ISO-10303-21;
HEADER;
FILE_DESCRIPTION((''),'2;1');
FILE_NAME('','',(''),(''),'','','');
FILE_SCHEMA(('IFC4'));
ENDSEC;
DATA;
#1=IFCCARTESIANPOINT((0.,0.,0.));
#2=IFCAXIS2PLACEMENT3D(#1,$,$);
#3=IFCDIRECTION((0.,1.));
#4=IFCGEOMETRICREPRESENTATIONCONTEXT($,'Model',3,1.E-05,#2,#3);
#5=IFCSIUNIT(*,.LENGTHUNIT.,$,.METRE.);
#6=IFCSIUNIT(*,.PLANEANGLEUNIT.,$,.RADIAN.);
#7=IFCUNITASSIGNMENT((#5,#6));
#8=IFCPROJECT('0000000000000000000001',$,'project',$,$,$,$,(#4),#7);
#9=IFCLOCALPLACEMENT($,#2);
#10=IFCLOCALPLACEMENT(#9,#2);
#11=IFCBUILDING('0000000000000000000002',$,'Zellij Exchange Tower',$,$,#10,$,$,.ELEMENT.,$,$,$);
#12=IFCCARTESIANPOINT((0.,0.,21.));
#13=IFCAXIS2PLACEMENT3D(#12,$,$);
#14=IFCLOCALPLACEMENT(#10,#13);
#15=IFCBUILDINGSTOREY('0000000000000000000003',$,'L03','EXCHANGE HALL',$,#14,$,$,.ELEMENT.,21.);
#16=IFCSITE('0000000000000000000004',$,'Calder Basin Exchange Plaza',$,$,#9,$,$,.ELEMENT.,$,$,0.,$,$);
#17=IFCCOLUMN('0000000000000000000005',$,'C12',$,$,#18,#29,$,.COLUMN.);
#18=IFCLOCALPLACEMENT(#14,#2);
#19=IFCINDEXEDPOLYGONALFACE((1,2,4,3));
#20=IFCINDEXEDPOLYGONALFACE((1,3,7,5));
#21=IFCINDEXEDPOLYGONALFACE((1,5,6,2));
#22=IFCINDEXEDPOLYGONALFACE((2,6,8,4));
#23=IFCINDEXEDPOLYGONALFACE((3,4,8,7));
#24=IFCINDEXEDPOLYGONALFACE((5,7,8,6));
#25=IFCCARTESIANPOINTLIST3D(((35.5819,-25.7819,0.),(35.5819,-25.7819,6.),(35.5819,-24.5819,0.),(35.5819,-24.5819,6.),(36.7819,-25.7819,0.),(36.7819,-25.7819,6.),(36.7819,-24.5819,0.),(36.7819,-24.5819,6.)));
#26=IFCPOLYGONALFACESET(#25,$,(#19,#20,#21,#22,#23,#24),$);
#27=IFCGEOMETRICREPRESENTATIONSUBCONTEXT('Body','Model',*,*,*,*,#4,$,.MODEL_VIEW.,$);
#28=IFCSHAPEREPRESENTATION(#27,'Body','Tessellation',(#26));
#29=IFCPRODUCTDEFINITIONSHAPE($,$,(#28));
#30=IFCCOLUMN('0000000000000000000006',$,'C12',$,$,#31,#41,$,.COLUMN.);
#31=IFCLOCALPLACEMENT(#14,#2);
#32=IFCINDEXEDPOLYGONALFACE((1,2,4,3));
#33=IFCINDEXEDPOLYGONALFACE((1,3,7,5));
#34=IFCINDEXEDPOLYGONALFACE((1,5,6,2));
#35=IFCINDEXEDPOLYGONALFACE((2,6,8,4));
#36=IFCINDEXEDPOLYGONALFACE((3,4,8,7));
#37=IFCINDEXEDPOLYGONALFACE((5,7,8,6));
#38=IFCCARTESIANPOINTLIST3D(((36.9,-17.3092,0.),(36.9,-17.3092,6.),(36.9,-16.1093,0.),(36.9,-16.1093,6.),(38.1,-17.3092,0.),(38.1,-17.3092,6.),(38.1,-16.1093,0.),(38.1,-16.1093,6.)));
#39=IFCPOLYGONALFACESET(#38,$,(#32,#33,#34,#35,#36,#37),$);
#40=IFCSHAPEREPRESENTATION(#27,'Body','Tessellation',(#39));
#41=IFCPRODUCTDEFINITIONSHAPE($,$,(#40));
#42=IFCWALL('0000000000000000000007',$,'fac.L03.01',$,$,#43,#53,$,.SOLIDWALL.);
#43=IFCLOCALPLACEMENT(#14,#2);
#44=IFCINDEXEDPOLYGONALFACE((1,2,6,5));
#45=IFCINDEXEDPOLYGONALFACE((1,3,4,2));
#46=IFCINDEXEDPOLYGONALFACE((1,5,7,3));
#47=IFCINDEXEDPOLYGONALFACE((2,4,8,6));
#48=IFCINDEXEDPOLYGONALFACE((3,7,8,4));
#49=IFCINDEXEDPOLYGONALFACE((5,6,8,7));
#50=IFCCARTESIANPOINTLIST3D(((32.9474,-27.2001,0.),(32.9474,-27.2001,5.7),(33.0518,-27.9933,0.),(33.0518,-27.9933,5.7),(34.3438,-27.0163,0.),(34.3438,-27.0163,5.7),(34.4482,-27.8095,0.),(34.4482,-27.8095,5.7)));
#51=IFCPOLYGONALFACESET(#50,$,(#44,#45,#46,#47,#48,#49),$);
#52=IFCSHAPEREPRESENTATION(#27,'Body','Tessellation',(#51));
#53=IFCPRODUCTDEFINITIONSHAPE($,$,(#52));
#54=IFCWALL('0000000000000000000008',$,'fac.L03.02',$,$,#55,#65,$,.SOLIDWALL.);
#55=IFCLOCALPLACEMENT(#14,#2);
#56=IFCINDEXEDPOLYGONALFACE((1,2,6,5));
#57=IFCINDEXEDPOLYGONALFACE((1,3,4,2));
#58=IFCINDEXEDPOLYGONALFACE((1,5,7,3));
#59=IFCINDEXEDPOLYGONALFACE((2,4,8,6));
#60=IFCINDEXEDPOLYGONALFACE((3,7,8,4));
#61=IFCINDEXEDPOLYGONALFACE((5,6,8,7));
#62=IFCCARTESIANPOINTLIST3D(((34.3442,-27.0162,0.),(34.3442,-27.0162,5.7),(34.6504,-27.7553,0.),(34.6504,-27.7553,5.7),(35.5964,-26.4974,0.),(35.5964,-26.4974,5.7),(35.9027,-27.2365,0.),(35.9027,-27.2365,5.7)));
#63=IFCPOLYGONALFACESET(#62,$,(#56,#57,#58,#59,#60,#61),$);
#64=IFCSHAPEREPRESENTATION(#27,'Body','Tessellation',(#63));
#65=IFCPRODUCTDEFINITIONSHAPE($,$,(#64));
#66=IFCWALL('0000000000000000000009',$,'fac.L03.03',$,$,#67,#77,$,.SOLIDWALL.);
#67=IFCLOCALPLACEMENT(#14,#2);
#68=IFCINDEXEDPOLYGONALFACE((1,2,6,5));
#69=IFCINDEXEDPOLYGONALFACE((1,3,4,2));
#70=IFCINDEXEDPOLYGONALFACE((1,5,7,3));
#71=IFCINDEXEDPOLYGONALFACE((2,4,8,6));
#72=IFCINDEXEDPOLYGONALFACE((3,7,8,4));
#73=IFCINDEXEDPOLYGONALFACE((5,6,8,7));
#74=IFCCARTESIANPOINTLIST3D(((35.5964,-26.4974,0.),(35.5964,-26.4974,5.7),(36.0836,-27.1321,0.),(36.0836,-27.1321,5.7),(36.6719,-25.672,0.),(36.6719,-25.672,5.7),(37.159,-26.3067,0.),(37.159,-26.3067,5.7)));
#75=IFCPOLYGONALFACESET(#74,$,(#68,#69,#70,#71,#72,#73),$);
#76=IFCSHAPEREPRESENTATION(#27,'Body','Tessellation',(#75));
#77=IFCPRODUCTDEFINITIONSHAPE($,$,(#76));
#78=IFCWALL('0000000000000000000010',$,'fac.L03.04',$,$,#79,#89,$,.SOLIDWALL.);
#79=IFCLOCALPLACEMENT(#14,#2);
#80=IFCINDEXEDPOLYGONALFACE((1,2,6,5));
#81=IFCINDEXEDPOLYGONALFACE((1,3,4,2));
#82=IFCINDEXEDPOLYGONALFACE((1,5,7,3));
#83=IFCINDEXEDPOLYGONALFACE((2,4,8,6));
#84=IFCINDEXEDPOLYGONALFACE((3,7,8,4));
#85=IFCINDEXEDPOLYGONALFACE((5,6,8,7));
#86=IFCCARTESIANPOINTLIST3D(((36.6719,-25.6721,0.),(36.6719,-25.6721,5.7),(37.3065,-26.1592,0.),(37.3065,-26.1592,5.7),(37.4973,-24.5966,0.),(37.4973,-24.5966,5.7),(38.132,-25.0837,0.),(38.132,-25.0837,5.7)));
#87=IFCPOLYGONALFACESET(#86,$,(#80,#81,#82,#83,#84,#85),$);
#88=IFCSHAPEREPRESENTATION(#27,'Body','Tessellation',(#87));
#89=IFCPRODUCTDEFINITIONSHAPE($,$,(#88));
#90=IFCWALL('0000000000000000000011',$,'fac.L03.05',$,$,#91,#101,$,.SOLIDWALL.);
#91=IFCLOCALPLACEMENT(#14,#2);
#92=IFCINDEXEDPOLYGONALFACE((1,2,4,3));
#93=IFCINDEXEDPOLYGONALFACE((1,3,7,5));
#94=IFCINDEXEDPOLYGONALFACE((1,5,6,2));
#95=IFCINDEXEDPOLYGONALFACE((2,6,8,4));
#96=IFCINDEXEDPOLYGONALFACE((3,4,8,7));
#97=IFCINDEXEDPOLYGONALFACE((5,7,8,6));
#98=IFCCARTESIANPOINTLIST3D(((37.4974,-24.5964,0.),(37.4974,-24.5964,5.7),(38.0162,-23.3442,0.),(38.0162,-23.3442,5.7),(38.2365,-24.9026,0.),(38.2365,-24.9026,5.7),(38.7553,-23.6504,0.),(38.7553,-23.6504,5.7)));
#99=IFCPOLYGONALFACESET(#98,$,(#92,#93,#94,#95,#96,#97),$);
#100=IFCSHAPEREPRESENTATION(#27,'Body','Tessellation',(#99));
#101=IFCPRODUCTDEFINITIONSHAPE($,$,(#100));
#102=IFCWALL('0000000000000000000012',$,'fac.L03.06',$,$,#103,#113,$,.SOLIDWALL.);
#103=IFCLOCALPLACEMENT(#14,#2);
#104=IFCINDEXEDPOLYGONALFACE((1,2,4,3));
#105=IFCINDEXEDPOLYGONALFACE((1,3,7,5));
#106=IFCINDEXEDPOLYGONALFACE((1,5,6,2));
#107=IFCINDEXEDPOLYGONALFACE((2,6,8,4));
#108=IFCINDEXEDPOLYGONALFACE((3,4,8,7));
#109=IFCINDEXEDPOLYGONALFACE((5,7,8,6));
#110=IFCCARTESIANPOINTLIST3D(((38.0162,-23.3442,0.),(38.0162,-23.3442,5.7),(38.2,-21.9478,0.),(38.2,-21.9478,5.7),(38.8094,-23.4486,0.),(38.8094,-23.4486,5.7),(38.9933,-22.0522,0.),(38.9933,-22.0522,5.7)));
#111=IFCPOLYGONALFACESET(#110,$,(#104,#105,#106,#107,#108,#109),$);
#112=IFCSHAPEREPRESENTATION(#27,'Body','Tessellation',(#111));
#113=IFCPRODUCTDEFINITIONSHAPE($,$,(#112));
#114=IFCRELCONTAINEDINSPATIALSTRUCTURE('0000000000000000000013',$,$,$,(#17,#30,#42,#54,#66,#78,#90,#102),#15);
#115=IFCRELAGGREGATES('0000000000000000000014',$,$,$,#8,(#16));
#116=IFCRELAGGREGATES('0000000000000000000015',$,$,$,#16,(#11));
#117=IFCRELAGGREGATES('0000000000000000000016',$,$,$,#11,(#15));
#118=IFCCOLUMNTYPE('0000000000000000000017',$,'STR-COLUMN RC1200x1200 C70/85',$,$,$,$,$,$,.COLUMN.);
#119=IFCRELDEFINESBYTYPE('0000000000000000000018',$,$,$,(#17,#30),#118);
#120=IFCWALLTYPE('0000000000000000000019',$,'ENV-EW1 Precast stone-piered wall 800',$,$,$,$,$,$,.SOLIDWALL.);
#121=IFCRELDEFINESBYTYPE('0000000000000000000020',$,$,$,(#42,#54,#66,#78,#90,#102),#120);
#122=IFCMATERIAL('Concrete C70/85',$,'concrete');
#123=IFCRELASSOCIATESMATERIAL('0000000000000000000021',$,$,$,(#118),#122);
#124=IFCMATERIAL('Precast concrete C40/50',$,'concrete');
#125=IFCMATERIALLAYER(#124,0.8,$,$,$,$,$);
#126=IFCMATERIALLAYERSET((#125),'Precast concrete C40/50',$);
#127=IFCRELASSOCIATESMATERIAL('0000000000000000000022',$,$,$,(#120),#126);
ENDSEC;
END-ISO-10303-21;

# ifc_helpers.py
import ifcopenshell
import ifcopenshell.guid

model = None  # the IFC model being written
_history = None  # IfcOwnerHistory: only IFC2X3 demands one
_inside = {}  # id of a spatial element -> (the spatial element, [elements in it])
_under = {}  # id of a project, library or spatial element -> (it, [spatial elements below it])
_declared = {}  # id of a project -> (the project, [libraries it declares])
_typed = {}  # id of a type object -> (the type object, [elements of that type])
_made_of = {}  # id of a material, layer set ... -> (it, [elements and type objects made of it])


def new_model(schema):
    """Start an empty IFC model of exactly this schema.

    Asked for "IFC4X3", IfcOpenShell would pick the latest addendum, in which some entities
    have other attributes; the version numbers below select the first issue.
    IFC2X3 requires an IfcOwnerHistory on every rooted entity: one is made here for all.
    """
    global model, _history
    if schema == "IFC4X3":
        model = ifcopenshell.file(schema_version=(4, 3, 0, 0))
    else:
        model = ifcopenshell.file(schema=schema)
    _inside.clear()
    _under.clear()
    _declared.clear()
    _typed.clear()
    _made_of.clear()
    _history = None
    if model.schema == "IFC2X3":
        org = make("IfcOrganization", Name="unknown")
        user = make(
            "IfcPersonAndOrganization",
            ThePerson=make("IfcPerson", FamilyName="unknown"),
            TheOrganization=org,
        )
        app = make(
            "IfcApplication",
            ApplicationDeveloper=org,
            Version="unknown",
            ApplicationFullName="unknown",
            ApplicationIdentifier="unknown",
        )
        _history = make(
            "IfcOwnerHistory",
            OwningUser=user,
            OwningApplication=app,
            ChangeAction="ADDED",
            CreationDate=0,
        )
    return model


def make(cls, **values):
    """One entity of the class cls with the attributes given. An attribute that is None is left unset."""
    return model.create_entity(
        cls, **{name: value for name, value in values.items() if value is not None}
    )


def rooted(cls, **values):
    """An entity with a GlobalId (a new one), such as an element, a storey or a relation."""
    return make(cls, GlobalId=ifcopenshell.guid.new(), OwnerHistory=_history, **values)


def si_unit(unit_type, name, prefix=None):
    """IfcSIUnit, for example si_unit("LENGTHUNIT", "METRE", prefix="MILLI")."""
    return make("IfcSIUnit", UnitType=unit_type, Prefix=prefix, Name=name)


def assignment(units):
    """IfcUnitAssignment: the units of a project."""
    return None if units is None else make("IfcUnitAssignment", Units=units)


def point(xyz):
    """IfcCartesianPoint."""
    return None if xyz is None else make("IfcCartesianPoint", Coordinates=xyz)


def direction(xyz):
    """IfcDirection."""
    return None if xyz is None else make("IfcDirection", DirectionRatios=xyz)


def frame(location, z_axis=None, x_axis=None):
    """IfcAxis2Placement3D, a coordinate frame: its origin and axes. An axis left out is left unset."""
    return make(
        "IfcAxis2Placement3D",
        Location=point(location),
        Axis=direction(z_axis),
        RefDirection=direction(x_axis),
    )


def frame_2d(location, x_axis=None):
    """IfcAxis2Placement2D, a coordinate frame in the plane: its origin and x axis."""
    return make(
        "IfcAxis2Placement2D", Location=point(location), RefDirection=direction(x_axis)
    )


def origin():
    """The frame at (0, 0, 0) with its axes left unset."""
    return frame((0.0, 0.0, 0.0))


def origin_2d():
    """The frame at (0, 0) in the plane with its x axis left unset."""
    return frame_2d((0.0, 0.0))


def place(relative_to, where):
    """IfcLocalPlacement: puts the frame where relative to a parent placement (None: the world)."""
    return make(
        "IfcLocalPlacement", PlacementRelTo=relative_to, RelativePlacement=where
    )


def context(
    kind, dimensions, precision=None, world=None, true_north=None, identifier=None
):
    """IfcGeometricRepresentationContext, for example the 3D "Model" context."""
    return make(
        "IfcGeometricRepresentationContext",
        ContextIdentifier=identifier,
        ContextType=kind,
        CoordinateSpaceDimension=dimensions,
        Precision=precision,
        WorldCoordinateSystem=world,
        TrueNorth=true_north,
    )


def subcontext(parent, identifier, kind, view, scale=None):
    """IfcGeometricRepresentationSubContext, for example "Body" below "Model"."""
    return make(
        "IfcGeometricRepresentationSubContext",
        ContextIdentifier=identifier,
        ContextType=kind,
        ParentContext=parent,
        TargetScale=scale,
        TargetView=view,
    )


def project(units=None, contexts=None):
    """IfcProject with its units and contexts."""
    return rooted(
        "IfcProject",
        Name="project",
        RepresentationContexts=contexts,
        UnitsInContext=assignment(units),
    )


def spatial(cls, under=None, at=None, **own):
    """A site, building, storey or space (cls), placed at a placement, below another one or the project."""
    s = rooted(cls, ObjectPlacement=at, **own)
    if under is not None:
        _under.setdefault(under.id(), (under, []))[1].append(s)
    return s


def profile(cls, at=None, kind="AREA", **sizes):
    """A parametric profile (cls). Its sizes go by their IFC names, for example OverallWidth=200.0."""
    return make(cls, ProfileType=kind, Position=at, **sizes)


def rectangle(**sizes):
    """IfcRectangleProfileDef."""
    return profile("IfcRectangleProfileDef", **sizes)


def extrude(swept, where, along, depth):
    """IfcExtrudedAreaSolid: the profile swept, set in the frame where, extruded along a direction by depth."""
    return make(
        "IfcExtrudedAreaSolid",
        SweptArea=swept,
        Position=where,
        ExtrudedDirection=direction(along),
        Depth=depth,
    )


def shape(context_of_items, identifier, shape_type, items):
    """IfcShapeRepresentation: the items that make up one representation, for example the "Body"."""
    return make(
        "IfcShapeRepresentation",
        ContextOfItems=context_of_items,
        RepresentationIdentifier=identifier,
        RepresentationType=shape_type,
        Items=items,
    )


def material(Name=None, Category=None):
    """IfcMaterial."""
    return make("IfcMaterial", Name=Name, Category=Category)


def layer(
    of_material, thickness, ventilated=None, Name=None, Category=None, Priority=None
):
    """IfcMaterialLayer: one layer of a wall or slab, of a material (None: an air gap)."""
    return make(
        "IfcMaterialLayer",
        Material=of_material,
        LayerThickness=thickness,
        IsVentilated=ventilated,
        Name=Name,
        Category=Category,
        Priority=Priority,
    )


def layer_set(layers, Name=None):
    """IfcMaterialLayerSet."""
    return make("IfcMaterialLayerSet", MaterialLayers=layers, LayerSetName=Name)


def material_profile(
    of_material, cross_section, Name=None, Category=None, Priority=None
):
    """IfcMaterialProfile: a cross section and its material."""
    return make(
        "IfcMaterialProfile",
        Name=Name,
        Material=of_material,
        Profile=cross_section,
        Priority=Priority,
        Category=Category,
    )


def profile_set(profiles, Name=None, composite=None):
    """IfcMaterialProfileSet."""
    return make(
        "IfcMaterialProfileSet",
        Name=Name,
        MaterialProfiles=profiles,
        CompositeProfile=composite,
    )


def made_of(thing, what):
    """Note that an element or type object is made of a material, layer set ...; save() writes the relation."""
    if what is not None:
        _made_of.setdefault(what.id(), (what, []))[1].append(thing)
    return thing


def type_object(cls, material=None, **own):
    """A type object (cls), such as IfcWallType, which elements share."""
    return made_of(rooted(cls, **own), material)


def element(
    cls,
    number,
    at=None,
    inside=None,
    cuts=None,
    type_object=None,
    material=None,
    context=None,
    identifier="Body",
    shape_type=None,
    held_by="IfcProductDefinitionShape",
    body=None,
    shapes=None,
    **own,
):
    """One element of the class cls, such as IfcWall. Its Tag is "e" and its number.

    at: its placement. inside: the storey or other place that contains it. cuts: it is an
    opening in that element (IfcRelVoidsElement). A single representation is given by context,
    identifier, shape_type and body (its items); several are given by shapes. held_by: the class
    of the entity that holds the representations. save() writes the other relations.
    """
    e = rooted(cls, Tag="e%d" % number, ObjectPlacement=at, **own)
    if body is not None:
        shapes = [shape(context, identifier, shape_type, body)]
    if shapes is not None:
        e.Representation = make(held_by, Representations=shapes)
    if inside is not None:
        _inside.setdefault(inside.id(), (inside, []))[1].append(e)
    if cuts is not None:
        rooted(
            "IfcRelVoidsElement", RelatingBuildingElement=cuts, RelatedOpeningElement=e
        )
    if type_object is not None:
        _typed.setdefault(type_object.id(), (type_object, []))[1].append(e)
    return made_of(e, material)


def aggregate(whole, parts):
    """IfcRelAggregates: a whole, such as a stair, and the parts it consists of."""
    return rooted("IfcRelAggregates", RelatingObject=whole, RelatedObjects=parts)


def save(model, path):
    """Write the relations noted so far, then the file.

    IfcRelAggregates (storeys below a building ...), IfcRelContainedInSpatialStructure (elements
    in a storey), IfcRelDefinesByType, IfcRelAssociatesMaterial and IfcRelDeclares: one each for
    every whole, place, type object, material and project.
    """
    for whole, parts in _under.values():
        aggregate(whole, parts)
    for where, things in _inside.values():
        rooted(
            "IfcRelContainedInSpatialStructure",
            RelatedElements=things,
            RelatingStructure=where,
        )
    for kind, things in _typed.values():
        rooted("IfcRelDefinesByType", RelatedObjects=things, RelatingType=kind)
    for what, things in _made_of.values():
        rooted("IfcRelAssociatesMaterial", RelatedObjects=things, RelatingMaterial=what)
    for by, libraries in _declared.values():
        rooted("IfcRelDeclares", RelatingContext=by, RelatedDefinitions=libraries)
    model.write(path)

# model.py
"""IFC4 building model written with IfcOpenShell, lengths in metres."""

from ifc_helpers import new_model, si_unit, direction, frame, frame_2d, origin, origin_2d, place, context, subcontext, project, spatial, rectangle, extrude, material, layer, layer_set, material_profile, profile_set, type_object, element, save


model = new_model("IFC4")

# Units and contexts
model_context = context("Model", 3, precision=1e-05, world=origin(), true_north=direction((0.0, 1.0)))
body_context = subcontext(model_context, "Body", "Model", "MODEL_VIEW")
ifc_project = project(units=[si_unit("LENGTHUNIT", "METRE"), si_unit("PLANEANGLEUNIT", "RADIAN")], contexts=[model_context])

# Site, building, storey
site_placement = place(None, origin())
site = spatial("IfcSite", under=ifc_project, at=site_placement, Name="Calder Basin Exchange Plaza", CompositionType="ELEMENT", RefElevation=0.0)
building_placement = place(site_placement, origin())
building = spatial("IfcBuilding", under=site, at=building_placement, Name="Zellij Exchange Tower", CompositionType="ELEMENT")
storey_placement = place(building_placement, frame((0.0, 0.0, 21.0)))
storey = spatial("IfcBuildingStorey", under=building, at=storey_placement, Name="L03", Description="EXCHANGE HALL", CompositionType="ELEMENT", Elevation=21.0)

# Columns
ifc_material_1 = material(Name="Concrete C70/85", Category="concrete")
ifc_material_profile = material_profile(ifc_material_1, rectangle(XDim=1.2, YDim=1.2, at=origin_2d()), Name="STR-COLUMN RC1200x1200 C70/85")
ifc_profile_set = profile_set([ifc_material_profile], Name="Concrete C70/85")
column_type = type_object("IfcColumnType", Name="STR-COLUMN RC1200x1200 C70/85", PredefinedType="COLUMN", material=ifc_profile_set)
for number, where, z_axis, x_axis, name in (
    (1, (36.1819, -25.1819, 0.0), (0.0, 0.0, 1.0), (1.0, 0.0, 0.0), "C12"),
    (2, (37.5, -16.7092, 0.0), (0.0, 0.0, 1.0), (1.0, 0.0, 0.0), "C12"),
):
    element("IfcColumn", number, at=place(storey_placement, frame(where, z_axis=z_axis, x_axis=x_axis)), inside=storey, type_object=column_type, Name=name, PredefinedType="COLUMN", context=body_context, shape_type="SweptSolid", body=[
        extrude(rectangle(XDim=1.2, YDim=1.2, at=origin_2d()), origin(), (0.0, 0.0, 1.0), 6.0),
    ])

# Walls
ifc_material_2 = material(Name="Precast concrete C40/50", Category="concrete")
ifc_layer_1 = layer(ifc_material_2, 0.8)
ifc_layer_set_1 = layer_set([ifc_layer_1], Name="Precast concrete C40/50")
wall_type_1 = type_object("IfcWallType", Name="ENV-EW1 Precast stone-piered wall 800", PredefinedType="SOLIDWALL", material=ifc_layer_set_1)
wall_1_placement = place(storey_placement, frame((32.9998, -27.5967, 0.0), z_axis=(0.0, 0.0, 1.0), x_axis=(0.991446, 0.130517, 0.0)))
element("IfcWall", 3, at=wall_1_placement, inside=storey, type_object=wall_type_1, Name="fac.L03.01", PredefinedType="SOLIDWALL", context=body_context, shape_type="SweptSolid", body=[
    extrude(rectangle(XDim=1.4084, YDim=0.8, at=frame_2d((0.7041, 0.0))), origin(), (0.0, 0.0, 1.0), 5.7),
])
wall_2_placement = place(storey_placement, frame((34.4973, -27.3857, 0.0), z_axis=(0.0, 0.0, 1.0), x_axis=(0.923848, 0.38276, 0.0)))
element("IfcWall", 4, at=wall_2_placement, inside=storey, type_object=wall_type_1, Name="fac.L03.02", PredefinedType="SOLIDWALL", context=body_context, shape_type="SweptSolid", body=[
    extrude(rectangle(XDim=1.3555, YDim=0.8, at=frame_2d((0.6777, 0.0))), origin(), (0.0, 0.0, 1.0), 5.7),
])
for number, where, z_axis, x_axis, name in (
    (5, (35.8401, -26.8147, 0.0), (0.0, 0.0, 1.0), (0.793273, 0.608866, 0.0), "fac.L03.03"),
    (6, (36.9893, -25.9155, 0.0), (0.0, 0.0, 1.0), (0.608866, 0.793273, 0.0), "fac.L03.04"),
):
    element("IfcWall", number, at=place(storey_placement, frame(where, z_axis=z_axis, x_axis=x_axis)), inside=storey, type_object=wall_type_1, Name=name, PredefinedType="SOLIDWALL", context=body_context, shape_type="SweptSolid", body=[
        extrude(rectangle(XDim=1.3557, YDim=0.8, at=frame_2d((0.6777, 0.0))), origin(), (0.0, 0.0, 1.0), 5.7),
    ])
wall_3_placement = place(storey_placement, frame((37.8669, -24.7495, 0.0), z_axis=(0.0, 0.0, 1.0), x_axis=(0.38276, 0.923848, 0.0)))
element("IfcWall", 7, at=wall_3_placement, inside=storey, type_object=wall_type_1, Name="fac.L03.05", PredefinedType="SOLIDWALL", context=body_context, shape_type="SweptSolid", body=[
    extrude(rectangle(XDim=1.3555, YDim=0.8, at=frame_2d((0.6777, 0.0))), origin(), (0.0, 0.0, 1.0), 5.7),
])
wall_4_placement = place(storey_placement, frame((38.4128, -23.3962, 0.0), z_axis=(0.0, 0.0, 1.0), x_axis=(0.130517, 0.991446, 0.0)))
element("IfcWall", 8, at=wall_4_placement, inside=storey, type_object=wall_type_1, Name="fac.L03.06", PredefinedType="SOLIDWALL", context=body_context, shape_type="SweptSolid", body=[
    extrude(rectangle(XDim=1.4084, YDim=0.8, at=frame_2d((0.7041, 0.0))), origin(), (0.0, 0.0, 1.0), 5.7),
])

save(model, "model.ifc")
